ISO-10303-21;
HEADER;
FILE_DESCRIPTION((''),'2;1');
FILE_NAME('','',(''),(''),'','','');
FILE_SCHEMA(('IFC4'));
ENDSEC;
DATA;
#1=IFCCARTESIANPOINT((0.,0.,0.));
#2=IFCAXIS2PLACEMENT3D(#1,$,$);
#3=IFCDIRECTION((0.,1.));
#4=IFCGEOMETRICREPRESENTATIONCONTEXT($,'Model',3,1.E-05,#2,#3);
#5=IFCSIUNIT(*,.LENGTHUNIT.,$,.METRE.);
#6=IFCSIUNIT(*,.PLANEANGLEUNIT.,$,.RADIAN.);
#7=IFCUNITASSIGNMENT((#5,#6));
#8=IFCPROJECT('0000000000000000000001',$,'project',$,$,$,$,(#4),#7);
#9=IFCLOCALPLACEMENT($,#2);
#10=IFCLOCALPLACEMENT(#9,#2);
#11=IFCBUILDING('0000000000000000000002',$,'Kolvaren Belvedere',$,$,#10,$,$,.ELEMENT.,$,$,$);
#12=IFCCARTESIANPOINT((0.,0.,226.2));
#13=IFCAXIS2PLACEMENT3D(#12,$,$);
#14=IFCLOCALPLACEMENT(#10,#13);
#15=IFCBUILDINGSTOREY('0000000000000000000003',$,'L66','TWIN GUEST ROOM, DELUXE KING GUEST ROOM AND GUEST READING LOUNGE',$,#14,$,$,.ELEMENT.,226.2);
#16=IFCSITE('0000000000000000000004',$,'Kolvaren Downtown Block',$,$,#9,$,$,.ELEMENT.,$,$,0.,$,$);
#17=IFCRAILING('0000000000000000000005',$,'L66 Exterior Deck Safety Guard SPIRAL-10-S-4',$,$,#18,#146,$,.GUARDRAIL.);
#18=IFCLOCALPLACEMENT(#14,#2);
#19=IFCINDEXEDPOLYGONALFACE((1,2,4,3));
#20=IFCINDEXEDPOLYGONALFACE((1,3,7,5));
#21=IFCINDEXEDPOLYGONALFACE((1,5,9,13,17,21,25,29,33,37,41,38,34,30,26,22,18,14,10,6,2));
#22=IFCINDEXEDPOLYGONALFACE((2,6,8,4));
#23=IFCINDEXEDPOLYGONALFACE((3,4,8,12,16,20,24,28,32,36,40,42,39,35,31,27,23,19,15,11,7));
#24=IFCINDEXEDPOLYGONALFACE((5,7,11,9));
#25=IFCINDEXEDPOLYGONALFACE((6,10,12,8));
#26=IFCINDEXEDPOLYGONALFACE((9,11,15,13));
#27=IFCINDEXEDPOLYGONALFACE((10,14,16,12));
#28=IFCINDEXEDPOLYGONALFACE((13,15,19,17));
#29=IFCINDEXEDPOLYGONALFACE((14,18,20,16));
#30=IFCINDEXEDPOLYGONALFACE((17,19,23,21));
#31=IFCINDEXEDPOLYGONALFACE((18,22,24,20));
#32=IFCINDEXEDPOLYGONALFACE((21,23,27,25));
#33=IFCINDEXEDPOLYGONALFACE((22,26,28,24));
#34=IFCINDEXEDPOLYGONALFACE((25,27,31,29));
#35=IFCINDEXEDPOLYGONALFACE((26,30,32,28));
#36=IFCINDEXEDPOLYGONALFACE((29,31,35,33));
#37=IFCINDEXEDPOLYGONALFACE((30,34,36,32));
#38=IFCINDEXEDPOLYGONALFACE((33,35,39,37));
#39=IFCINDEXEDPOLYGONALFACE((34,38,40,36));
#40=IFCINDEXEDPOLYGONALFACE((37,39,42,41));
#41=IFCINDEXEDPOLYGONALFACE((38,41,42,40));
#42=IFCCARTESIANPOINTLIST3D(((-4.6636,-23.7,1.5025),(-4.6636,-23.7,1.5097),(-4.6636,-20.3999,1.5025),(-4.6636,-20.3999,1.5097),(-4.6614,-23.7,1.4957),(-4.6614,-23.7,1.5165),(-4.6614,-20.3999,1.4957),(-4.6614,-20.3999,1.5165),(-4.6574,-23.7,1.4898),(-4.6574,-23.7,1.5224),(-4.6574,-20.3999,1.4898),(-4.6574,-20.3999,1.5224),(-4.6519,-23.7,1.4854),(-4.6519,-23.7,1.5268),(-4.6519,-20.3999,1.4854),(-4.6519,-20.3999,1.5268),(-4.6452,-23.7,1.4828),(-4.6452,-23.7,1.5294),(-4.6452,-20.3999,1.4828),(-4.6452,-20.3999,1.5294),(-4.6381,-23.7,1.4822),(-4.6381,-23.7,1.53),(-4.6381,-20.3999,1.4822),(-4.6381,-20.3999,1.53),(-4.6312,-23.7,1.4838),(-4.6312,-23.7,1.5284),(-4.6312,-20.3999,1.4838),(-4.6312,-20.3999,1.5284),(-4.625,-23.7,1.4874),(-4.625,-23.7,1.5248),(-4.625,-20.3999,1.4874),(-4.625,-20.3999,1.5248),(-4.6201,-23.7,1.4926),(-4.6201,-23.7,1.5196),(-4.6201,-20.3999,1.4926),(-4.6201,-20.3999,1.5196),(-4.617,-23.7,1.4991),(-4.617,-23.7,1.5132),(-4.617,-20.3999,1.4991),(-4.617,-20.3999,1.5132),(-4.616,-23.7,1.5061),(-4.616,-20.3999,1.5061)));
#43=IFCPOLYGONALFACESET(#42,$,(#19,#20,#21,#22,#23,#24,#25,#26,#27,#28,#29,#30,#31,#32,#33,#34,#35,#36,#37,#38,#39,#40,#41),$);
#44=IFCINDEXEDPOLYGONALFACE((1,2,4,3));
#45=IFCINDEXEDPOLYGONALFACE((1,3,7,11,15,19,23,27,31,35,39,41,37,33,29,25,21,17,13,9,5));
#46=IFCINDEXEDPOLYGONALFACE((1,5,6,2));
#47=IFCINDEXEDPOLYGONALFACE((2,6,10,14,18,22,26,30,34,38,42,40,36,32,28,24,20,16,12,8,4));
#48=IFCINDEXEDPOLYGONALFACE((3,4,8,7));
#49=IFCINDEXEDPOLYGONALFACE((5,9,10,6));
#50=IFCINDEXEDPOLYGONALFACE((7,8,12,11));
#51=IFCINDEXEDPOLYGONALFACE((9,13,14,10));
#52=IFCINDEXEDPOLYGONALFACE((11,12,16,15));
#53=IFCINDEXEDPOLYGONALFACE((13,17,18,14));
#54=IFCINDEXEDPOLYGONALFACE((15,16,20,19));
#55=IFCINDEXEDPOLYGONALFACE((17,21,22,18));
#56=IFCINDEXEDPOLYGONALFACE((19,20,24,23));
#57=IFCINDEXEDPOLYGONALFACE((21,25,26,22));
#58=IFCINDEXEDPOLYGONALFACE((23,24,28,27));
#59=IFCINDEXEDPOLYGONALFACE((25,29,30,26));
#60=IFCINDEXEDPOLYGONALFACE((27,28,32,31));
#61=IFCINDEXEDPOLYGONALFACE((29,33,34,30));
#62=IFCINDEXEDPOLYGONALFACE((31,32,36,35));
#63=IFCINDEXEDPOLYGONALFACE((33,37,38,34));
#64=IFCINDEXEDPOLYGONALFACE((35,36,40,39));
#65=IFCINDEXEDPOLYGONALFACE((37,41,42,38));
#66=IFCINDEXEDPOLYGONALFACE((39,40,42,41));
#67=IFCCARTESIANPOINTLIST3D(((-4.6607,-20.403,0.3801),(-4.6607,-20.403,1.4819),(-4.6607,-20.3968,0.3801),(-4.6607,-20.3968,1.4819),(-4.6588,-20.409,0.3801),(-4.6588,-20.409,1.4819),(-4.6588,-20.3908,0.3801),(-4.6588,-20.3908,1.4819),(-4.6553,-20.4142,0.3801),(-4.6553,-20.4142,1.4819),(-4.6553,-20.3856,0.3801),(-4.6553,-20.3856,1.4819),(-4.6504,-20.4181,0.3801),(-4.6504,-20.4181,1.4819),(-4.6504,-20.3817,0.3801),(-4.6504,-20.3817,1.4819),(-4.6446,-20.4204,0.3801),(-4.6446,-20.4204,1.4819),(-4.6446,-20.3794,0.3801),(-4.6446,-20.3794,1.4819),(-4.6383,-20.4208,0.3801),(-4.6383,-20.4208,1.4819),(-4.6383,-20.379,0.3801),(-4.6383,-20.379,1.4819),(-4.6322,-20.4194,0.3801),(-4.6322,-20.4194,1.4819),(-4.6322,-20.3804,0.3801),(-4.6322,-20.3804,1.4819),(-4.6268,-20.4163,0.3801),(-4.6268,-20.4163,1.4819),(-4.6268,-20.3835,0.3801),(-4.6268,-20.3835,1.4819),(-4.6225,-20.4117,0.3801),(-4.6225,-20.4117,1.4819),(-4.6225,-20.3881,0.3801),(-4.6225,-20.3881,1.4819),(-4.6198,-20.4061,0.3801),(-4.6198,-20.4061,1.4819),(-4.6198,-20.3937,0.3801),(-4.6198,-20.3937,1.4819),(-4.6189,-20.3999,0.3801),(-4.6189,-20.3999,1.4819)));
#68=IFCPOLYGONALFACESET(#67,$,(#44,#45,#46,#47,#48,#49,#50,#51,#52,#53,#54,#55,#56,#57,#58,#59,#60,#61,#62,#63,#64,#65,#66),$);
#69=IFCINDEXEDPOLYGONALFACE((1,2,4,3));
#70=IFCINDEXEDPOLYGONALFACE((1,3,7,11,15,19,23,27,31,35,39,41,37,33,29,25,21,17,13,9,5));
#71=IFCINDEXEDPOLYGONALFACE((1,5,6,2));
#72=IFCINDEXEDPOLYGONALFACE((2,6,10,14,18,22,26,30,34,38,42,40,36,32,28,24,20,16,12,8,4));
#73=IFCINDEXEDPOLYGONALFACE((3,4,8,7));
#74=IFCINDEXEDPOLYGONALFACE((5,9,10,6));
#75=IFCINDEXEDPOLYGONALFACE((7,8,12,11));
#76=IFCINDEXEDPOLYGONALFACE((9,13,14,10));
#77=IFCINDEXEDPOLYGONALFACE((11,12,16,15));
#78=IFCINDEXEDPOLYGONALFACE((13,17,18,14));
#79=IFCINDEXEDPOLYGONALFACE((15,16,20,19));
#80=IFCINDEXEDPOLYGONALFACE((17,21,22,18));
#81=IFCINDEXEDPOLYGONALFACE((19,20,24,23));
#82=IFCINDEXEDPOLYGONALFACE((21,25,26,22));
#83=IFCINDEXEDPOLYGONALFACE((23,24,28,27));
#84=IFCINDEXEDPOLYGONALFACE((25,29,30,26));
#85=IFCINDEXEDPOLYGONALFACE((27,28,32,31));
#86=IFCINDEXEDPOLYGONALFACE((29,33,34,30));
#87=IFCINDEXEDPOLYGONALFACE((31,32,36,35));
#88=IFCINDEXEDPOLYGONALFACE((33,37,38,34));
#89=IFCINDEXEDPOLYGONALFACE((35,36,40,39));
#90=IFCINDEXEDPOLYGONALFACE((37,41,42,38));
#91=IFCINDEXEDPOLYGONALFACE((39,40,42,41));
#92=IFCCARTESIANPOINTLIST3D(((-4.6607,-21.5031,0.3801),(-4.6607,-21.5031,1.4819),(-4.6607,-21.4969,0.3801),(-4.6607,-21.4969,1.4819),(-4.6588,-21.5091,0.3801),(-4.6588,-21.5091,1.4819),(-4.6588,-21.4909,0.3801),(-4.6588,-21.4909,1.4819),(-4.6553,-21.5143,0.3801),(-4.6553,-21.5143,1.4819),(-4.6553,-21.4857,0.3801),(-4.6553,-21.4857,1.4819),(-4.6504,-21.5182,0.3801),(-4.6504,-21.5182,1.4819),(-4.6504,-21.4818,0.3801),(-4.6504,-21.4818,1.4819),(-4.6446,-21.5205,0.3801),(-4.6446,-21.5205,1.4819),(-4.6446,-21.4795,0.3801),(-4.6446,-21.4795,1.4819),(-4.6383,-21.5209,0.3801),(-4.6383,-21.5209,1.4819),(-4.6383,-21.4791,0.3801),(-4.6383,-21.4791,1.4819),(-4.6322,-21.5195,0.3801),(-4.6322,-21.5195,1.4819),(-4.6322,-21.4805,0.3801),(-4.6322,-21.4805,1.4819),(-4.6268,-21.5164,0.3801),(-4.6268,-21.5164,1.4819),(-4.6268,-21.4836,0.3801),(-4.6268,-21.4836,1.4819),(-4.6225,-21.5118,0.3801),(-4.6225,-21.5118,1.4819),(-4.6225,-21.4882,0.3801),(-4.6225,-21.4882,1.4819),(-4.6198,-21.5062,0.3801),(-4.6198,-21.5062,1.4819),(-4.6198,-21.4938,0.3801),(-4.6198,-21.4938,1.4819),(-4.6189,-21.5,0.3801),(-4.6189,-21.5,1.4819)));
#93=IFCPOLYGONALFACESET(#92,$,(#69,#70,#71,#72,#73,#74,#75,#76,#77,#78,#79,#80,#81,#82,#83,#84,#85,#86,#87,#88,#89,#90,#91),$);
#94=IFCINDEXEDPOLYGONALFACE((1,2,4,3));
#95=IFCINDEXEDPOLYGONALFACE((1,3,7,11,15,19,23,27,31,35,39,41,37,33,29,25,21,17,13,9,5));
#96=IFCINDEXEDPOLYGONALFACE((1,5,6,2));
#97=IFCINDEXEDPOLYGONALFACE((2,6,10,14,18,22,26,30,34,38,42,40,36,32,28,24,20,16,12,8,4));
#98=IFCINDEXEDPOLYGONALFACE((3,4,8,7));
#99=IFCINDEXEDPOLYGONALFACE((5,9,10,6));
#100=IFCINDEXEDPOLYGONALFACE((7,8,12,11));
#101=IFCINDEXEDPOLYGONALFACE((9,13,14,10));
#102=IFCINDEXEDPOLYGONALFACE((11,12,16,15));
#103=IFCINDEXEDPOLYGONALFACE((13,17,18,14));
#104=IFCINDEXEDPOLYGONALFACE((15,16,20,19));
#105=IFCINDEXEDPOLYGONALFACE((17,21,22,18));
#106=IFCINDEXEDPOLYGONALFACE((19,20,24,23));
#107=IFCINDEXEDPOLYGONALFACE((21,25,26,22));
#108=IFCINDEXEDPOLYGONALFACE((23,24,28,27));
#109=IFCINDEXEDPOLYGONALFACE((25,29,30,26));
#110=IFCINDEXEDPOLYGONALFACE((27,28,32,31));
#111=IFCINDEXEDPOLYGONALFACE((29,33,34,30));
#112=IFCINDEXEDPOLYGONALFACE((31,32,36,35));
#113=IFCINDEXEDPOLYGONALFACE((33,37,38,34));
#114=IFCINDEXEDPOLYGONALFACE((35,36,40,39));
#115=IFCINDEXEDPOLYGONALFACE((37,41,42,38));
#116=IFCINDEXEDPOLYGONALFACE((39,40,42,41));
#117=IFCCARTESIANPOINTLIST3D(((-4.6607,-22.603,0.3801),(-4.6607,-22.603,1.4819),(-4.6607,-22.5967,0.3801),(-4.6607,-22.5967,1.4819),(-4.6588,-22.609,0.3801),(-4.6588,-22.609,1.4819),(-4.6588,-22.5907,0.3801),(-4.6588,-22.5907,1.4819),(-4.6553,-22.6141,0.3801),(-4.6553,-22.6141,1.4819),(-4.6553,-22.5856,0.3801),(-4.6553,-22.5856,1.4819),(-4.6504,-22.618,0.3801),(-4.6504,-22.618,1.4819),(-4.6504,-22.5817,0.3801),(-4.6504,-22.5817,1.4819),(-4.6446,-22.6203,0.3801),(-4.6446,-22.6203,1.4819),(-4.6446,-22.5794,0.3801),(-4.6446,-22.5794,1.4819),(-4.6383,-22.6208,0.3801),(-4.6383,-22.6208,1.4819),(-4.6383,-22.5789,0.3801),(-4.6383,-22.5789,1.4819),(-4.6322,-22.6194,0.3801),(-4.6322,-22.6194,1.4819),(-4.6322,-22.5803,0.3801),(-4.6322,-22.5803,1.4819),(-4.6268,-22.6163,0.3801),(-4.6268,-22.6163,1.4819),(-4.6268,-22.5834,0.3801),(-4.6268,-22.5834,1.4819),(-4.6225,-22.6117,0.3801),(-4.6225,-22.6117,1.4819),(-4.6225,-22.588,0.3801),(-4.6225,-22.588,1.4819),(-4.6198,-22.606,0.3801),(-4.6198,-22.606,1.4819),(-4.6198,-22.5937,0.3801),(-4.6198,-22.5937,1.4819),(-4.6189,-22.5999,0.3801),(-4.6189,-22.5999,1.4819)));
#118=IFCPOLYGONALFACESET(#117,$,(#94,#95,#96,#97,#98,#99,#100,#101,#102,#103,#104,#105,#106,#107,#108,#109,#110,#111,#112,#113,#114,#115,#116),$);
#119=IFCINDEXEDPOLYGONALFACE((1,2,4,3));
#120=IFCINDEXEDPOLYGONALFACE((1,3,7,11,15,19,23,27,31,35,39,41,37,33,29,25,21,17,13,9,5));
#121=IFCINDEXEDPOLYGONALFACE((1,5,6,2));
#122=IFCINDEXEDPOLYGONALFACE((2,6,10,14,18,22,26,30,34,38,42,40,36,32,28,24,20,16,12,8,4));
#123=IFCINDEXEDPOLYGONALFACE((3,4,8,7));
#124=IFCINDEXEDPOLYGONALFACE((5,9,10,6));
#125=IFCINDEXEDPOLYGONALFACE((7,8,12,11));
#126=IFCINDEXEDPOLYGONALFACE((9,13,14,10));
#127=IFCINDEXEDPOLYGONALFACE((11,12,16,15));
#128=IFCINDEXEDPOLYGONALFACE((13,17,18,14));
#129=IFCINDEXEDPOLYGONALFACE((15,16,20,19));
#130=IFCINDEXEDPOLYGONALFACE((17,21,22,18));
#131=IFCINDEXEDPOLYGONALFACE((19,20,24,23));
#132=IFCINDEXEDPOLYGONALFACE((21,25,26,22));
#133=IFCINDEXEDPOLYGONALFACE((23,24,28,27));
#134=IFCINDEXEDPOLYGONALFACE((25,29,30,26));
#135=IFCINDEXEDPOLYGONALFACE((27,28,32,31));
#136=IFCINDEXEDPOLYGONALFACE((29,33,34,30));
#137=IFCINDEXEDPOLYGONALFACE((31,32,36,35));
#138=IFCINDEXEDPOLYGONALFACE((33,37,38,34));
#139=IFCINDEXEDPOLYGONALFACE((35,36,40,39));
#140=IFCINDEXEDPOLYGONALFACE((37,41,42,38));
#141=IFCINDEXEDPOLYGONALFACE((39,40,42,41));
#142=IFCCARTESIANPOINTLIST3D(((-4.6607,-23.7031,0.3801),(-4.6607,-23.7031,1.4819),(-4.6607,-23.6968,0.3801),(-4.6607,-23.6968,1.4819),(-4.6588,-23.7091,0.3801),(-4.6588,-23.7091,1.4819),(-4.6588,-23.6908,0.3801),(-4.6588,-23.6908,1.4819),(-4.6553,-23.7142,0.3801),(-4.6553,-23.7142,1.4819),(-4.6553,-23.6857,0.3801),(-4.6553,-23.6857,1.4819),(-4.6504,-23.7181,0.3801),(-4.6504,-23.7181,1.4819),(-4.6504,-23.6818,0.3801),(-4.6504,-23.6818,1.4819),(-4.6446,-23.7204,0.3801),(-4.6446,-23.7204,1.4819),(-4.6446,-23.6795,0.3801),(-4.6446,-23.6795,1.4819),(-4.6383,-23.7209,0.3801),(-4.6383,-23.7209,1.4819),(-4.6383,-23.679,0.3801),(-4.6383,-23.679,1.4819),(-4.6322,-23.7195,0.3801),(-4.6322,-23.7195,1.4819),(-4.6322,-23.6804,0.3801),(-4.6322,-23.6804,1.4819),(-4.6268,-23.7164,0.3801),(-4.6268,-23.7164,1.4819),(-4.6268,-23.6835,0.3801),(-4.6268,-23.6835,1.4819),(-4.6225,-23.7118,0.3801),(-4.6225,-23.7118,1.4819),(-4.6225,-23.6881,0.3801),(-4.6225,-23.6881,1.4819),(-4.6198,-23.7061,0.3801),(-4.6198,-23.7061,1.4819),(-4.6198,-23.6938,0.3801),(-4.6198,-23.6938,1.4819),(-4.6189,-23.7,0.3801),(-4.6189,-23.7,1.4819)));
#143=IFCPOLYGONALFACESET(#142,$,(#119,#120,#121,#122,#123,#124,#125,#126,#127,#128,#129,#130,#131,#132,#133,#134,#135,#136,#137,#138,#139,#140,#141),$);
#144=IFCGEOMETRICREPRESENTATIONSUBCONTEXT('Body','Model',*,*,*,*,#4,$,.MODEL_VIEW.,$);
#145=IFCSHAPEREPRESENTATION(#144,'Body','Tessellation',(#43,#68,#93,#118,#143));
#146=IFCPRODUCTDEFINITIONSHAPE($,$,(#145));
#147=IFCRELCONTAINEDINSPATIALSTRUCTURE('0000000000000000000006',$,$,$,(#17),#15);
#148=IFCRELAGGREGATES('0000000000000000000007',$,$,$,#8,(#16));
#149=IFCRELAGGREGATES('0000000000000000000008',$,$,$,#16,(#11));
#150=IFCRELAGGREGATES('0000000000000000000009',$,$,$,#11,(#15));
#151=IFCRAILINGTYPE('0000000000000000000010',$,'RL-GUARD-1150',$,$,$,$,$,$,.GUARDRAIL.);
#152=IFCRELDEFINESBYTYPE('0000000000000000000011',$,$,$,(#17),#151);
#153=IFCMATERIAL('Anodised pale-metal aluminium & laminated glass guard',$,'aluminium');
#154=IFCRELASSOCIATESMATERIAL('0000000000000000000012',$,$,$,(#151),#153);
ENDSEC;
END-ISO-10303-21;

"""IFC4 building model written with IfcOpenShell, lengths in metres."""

from ifc_helpers import new_model, si_unit, direction, frame, origin, origin_2d, place, context, subcontext, project, spatial, circle, extrude, material, type_object, element, save


model = new_model("IFC4")

# Units and contexts
model_context = context("Model", 3, precision=1e-05, world=origin(), true_north=direction((0.0, 1.0)))
body_context = subcontext(model_context, "Body", "Model", "MODEL_VIEW")
ifc_project = project(units=[si_unit("LENGTHUNIT", "METRE"), si_unit("PLANEANGLEUNIT", "RADIAN")], contexts=[model_context])

# Site, building, storey
site_placement = place(None, origin())
site = spatial("IfcSite", under=ifc_project, at=site_placement, Name="Kolvaren Downtown Block", CompositionType="ELEMENT", RefElevation=0.0)
building_placement = place(site_placement, origin())
building = spatial("IfcBuilding", under=site, at=building_placement, Name="Kolvaren Belvedere", CompositionType="ELEMENT")
storey_placement = place(building_placement, frame((0.0, 0.0, 226.2)))
storey = spatial("IfcBuildingStorey", under=building, at=storey_placement, Name="L66", Description="TWIN GUEST ROOM, DELUXE KING GUEST ROOM AND GUEST READING LOUNGE", CompositionType="ELEMENT", Elevation=226.2)

# Railing
ifc_material_1 = material(Name="Anodised pale-metal aluminium & laminated glass guard", Category="aluminium")
railing_type = type_object("IfcRailingType", Name="RL-GUARD-1150", PredefinedType="GUARDRAIL", material=ifc_material_1)
railing_1_placement = place(storey_placement, frame((-4.6399, -20.3999, 0.3801)))
element("IfcRailing", 1, at=railing_1_placement, inside=storey, type_object=railing_type, Name="L66 Exterior Deck Safety Guard SPIRAL-10-S-4", PredefinedType="GUARDRAIL", context=body_context, shape_type="SweptSolid", body=[
    extrude(circle(Radius=0.0239, at=origin_2d()), frame((0.0, 0.0, 1.126), z_axis=(0.0, -1.0, 0.0), x_axis=(1.0, 0.0, 0.0)), (0.0, 0.0, 1.0), 3.3),
    extrude(circle(Radius=0.021, at=origin_2d()), origin(), (0.0, 0.0, 1.0), 1.1018),
    extrude(circle(Radius=0.021, at=origin_2d()), frame((0.0, -1.1001, 0.0)), (0.0, 0.0, 1.0), 1.1018),
    extrude(circle(Radius=0.021, at=origin_2d()), frame((0.0, -2.2, 0.0)), (0.0, 0.0, 1.0), 1.1018),
    extrude(circle(Radius=0.021, at=origin_2d()), frame((0.0, -3.3, 0.0)), (0.0, 0.0, 1.0), 1.1018),
])

save(model, "model.ifc")
